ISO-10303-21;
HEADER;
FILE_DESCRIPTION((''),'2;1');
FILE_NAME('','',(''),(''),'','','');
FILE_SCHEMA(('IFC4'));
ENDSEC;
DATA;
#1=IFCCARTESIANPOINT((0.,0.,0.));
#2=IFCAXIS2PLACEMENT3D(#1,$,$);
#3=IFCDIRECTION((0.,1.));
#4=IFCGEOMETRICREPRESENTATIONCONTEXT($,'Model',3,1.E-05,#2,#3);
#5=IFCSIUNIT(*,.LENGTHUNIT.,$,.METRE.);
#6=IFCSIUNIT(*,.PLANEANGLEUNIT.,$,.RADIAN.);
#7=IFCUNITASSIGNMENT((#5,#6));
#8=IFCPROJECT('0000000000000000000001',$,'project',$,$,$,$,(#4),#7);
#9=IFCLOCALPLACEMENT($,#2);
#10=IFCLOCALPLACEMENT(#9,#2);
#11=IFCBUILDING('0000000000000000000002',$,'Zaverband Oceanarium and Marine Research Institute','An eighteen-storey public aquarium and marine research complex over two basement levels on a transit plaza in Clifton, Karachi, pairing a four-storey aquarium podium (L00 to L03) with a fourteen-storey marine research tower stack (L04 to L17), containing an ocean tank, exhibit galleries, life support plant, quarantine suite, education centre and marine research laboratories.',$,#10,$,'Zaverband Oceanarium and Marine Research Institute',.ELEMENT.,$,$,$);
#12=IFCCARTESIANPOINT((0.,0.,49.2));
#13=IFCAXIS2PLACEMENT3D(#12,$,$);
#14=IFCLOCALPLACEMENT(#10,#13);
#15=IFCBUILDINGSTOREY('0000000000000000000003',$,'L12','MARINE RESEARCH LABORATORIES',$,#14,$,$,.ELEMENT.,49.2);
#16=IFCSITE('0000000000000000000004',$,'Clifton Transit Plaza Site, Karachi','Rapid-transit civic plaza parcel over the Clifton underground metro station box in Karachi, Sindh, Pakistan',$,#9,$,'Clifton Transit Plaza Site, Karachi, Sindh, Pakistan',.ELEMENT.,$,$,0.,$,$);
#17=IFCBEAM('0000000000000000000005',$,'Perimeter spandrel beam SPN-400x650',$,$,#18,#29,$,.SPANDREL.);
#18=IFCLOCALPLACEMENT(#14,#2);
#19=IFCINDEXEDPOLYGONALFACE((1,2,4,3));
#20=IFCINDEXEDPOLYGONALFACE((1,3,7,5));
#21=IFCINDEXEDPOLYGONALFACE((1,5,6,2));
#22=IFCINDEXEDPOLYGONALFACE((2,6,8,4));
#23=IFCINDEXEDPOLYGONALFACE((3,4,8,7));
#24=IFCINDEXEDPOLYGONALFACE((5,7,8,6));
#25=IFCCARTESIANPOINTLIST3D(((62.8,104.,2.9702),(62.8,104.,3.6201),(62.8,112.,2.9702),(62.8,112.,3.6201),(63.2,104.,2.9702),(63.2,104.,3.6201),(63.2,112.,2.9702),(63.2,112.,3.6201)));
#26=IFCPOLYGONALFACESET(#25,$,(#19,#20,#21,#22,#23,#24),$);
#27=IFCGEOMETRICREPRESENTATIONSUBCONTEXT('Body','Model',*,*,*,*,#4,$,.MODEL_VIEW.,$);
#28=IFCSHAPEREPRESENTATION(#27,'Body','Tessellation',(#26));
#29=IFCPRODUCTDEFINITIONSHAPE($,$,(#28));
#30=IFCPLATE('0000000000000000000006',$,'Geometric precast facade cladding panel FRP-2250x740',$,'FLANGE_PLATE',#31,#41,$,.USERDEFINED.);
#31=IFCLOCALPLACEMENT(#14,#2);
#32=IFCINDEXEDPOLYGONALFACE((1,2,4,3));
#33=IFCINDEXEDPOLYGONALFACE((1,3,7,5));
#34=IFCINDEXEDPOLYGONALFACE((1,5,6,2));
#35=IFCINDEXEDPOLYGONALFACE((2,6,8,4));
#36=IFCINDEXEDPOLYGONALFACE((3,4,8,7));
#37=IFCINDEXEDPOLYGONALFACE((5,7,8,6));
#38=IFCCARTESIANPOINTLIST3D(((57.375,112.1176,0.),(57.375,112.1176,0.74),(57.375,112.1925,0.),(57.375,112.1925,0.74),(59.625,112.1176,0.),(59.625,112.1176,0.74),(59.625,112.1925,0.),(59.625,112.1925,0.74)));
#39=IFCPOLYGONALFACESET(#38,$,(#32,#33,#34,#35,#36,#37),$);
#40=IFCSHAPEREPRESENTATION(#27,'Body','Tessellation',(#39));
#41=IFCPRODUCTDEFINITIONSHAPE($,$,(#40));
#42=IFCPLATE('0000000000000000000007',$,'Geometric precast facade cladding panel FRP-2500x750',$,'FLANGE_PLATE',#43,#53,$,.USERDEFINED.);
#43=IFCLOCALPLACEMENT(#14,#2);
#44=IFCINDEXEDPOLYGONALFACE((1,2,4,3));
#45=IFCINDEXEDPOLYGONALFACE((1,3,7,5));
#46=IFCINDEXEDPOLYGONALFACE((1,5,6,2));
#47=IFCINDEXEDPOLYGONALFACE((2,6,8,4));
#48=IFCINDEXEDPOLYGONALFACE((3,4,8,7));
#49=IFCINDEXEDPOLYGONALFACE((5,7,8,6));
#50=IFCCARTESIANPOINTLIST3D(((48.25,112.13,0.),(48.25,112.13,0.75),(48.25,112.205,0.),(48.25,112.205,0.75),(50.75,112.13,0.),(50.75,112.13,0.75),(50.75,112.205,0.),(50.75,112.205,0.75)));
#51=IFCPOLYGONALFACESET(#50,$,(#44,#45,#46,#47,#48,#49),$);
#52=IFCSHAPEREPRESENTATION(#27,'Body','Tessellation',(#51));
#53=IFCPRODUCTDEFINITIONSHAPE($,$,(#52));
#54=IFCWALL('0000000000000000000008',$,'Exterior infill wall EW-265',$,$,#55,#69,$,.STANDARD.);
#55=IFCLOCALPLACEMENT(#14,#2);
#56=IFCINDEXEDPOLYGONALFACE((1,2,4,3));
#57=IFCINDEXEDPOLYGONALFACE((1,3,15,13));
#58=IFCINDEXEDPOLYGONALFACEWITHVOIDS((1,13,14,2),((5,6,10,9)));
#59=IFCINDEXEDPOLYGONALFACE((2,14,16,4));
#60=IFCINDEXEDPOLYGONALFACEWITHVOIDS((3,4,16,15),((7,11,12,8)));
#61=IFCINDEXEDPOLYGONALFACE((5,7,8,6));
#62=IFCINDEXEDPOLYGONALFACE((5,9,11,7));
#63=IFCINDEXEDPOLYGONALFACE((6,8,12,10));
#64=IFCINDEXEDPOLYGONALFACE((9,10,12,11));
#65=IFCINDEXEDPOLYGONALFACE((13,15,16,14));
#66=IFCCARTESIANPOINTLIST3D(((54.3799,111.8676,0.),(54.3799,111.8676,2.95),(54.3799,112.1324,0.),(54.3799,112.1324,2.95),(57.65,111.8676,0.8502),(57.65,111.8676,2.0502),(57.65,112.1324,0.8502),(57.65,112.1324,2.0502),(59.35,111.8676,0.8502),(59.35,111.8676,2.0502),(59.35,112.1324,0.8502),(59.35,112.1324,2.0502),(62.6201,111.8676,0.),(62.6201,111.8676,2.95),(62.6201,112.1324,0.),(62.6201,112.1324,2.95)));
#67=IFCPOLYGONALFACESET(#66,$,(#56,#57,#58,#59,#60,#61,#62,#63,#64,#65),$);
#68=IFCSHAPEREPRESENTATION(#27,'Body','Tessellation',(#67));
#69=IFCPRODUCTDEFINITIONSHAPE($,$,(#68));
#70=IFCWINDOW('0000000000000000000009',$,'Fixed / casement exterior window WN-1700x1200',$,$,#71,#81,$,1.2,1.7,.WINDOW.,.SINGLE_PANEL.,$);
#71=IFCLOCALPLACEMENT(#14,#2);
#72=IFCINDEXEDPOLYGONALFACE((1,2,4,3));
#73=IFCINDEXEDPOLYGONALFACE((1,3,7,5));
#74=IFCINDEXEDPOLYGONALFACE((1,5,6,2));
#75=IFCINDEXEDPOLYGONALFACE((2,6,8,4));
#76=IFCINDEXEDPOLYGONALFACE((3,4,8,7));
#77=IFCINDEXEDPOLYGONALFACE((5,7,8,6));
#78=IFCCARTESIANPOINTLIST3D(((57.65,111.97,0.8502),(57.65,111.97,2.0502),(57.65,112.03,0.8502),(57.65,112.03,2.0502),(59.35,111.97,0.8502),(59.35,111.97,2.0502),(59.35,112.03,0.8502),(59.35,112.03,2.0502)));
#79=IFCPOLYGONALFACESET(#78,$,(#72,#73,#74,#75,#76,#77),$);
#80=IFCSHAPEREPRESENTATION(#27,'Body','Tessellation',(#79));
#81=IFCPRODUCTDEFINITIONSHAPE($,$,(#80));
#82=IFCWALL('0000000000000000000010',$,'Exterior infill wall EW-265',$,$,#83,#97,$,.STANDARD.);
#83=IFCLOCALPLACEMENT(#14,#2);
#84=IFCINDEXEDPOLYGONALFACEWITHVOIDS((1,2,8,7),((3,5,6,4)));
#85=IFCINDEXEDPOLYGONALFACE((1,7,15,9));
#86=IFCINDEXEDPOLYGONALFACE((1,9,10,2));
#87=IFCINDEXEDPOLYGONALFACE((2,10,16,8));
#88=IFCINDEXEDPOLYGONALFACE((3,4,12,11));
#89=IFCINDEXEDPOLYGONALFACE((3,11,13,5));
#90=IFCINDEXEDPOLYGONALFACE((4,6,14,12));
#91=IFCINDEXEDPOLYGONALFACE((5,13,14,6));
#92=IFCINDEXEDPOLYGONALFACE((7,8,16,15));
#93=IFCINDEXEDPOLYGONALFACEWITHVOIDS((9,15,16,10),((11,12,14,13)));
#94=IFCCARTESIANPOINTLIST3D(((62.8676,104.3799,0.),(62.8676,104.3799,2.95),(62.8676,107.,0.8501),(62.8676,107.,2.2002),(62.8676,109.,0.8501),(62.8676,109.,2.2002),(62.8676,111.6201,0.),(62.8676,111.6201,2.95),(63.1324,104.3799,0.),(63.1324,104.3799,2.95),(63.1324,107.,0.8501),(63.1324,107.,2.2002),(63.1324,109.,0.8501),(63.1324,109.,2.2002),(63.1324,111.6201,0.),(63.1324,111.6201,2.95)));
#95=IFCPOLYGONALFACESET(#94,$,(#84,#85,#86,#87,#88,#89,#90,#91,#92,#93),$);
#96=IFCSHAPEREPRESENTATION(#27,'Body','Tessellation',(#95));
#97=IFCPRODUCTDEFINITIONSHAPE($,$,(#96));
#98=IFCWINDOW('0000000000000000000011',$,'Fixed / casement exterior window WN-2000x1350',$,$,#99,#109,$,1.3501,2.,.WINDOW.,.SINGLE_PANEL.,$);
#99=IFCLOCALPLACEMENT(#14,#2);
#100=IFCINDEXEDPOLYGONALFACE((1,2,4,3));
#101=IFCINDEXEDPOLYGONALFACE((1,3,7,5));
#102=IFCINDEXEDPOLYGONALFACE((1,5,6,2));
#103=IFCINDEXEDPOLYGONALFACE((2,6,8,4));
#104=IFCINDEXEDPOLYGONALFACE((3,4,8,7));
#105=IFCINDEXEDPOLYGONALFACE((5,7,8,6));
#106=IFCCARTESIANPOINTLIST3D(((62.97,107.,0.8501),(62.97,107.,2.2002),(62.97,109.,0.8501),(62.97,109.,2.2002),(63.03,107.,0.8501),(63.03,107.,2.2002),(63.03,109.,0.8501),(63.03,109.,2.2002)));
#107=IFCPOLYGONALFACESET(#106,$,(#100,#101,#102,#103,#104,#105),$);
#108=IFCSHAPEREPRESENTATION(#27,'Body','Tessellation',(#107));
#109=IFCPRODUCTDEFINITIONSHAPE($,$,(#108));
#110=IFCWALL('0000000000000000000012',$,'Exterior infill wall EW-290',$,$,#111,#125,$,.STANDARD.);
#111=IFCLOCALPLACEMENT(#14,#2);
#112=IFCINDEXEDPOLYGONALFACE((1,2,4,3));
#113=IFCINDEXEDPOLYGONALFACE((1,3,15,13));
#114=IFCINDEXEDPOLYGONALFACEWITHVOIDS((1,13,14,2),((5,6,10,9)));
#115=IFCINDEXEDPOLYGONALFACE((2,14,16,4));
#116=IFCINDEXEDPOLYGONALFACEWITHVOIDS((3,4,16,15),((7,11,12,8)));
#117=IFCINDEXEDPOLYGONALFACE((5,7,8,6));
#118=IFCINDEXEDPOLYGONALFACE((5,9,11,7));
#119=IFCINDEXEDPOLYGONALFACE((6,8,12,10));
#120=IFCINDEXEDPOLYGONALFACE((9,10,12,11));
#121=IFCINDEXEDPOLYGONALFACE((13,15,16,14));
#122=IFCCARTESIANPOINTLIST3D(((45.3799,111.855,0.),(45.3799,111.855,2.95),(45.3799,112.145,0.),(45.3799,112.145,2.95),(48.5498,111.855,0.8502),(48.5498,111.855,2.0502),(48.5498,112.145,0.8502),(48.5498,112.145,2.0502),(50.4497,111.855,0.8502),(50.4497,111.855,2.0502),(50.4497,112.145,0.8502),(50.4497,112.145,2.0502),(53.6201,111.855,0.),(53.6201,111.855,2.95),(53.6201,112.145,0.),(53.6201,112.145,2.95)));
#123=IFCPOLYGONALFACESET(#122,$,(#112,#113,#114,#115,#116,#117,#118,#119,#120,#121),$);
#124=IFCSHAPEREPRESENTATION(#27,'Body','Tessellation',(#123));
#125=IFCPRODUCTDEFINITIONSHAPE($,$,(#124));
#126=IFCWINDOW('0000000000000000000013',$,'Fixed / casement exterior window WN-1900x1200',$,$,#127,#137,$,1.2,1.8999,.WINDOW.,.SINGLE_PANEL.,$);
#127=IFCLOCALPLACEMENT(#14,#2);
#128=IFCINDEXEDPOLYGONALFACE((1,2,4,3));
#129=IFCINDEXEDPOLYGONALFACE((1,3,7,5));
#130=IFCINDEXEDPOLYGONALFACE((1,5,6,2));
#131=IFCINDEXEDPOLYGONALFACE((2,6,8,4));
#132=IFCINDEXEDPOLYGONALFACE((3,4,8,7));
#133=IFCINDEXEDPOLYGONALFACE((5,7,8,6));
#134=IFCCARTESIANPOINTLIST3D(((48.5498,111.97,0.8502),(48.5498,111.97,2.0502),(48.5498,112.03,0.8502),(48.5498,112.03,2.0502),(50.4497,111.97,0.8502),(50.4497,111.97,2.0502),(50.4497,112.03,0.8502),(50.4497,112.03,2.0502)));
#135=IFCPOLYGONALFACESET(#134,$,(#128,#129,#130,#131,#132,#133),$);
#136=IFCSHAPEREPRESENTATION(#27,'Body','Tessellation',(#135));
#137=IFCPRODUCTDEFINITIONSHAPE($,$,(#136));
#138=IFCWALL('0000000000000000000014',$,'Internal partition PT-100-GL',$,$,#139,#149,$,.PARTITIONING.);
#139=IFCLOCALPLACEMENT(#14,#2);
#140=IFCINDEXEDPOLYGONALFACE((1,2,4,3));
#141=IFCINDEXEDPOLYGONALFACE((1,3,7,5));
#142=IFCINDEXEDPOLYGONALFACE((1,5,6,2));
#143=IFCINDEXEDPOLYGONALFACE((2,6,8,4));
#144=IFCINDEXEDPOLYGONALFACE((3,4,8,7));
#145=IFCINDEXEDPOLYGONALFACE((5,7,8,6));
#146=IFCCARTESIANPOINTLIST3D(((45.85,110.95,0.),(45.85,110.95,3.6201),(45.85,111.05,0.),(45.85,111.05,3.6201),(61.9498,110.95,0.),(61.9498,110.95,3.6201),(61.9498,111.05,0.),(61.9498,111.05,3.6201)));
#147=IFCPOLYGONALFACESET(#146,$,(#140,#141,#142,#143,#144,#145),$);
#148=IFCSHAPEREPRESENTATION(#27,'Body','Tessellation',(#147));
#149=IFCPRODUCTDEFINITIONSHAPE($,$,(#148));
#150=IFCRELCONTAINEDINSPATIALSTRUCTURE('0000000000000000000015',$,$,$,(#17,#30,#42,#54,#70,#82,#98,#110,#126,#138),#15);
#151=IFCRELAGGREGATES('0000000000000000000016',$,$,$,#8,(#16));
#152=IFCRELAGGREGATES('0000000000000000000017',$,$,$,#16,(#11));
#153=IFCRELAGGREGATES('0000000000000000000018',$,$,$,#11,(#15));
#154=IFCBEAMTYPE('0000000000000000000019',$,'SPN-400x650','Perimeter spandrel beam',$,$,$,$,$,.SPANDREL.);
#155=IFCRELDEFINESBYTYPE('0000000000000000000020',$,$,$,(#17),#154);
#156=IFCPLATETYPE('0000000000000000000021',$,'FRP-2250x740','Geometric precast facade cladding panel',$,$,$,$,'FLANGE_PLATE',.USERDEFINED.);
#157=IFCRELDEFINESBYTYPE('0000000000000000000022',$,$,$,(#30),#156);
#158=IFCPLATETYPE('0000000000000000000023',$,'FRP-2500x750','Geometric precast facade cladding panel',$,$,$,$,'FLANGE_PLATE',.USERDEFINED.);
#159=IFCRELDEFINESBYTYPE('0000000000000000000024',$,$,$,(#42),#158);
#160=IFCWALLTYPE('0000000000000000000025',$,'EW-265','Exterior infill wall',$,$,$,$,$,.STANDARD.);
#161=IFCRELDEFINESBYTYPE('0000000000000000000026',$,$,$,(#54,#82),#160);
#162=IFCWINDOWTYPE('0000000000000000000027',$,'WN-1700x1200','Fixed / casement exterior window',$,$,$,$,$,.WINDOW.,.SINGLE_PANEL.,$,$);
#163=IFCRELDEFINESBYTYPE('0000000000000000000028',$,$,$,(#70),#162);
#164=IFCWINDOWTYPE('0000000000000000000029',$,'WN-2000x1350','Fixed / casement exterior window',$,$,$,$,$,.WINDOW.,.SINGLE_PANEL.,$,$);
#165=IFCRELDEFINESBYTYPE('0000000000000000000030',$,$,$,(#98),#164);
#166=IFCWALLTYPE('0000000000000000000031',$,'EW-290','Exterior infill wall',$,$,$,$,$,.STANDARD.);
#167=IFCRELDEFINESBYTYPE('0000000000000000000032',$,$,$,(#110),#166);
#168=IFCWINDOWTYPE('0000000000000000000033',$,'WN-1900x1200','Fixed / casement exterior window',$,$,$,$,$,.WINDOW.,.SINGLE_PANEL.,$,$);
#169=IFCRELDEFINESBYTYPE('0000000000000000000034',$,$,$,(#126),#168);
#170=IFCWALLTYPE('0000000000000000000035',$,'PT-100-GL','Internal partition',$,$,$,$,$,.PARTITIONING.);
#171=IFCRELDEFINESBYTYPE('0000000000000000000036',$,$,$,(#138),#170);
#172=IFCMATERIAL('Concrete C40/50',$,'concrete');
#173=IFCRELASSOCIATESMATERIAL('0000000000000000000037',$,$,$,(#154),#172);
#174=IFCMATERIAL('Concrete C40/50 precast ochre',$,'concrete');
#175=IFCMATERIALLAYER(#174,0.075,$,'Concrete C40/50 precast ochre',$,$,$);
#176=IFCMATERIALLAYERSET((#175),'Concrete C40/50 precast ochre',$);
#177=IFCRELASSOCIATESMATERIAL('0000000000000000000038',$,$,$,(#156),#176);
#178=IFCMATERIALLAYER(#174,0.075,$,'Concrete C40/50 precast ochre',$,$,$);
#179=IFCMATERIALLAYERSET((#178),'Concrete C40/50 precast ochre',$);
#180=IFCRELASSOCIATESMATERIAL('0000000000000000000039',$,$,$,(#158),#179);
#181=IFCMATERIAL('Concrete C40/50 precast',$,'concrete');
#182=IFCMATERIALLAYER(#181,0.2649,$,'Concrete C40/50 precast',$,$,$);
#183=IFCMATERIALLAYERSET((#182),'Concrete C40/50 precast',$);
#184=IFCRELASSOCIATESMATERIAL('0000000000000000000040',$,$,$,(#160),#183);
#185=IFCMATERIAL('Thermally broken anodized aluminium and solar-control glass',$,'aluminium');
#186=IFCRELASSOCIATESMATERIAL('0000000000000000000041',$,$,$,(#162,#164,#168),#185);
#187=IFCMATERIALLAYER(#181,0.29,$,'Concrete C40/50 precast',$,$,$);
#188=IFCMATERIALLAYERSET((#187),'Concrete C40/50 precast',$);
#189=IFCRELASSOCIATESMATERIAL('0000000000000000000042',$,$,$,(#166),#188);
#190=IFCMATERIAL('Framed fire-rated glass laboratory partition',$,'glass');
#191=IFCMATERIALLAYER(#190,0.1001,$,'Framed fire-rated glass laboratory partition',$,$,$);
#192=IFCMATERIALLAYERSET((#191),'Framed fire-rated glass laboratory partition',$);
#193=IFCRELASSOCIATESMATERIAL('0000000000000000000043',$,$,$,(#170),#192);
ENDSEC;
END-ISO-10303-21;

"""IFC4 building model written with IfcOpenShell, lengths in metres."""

from ifc_helpers import new_model, si_unit, direction, frame, frame_2d, origin, origin_2d, place, context, subcontext, project, spatial, rectangle, extrude, material, layer, layer_set, material_profile, profile_set, type_object, element, fill, save


model = new_model("IFC4")

# Units and contexts
model_context = context("Model", 3, precision=1e-05, world=origin(), true_north=direction((0.0, 1.0)))
body_context = subcontext(model_context, "Body", "Model", "MODEL_VIEW")
ifc_project = project(units=[si_unit("LENGTHUNIT", "METRE"), si_unit("PLANEANGLEUNIT", "RADIAN")], contexts=[model_context])

# Site, building, storey
site_placement = place(None, origin())
site = spatial("IfcSite", under=ifc_project, at=site_placement, Name="Clifton Transit Plaza Site, Karachi", Description="Rapid-transit civic plaza parcel over the Clifton underground metro station box in Karachi, Sindh, Pakistan", LongName="Clifton Transit Plaza Site, Karachi, Sindh, Pakistan", CompositionType="ELEMENT", RefElevation=0.0)
building_placement = place(site_placement, origin())
building = spatial("IfcBuilding", under=site, at=building_placement, Name="Zaverband Oceanarium and Marine Research Institute", Description="An eighteen-storey public aquarium and marine research complex over two basement levels on a transit plaza in Clifton, Karachi, pairing a four-storey aquarium podium (L00 to L03) with a fourteen-storey marine research tower stack (L04 to L17), containing an ocean tank, exhibit galleries, life support plant, quarantine suite, education centre and marine research laboratories.", LongName="Zaverband Oceanarium and Marine Research Institute", CompositionType="ELEMENT")
storey_placement = place(building_placement, frame((0.0, 0.0, 49.2)))
storey = spatial("IfcBuildingStorey", under=building, at=storey_placement, Name="L12", Description="MARINE RESEARCH LABORATORIES", CompositionType="ELEMENT", Elevation=49.2)

# Shared definitions
ifc_material_1 = material(Name="Concrete C40/50", Category="concrete")

# Shared definitions
ifc_material_2 = material(Name="Thermally broken anodized aluminium and solar-control glass", Category="aluminium")

# Beam
ifc_material_profile_1 = material_profile(ifc_material_1, rectangle(XDim=0.3999, YDim=0.6499, at=origin_2d()), Name="RC400x650")
ifc_profile_set_1 = profile_set([ifc_material_profile_1], Name="Concrete C40/50")
beam_type_1 = type_object("IfcBeamType", Name="SPN-400x650", Description="Perimeter spandrel beam", PredefinedType="SPANDREL", material=ifc_profile_set_1)
beam_1_placement = place(storey_placement, frame((63.0, 104.0, 3.2952), z_axis=(0.0, 1.0, 0.0), x_axis=(-1.0, 0.0, 0.0)))
element("IfcBeam", 1, at=beam_1_placement, inside=storey, type_object=beam_type_1, Name="Perimeter spandrel beam SPN-400x650", PredefinedType="SPANDREL", context=body_context, shape_type="SweptSolid", body=[
    extrude(rectangle(XDim=0.3999, YDim=0.6499, at=origin_2d()), origin(), (0.0, 0.0, 1.0), 8.0),
])

# Plates
ifc_material_3 = material(Name="Concrete C40/50 precast ochre", Category="concrete")
ifc_layer_1 = layer(ifc_material_3, 0.075, Name="Concrete C40/50 precast ochre")
ifc_layer_set_1 = layer_set([ifc_layer_1], Name="Concrete C40/50 precast ochre")
plate_type_1 = type_object("IfcPlateType", Name="FRP-2250x740", Description="Geometric precast facade cladding panel", ElementType="FLANGE_PLATE", PredefinedType="USERDEFINED", material=ifc_layer_set_1)
plate_1_placement = place(storey_placement, frame((57.375, 112.155, 0.0), z_axis=(0.0, 0.0, 1.0), x_axis=(1.0, 0.0, 0.0)))
element("IfcPlate", 2, at=plate_1_placement, inside=storey, type_object=plate_type_1, Name="Geometric precast facade cladding panel FRP-2250x740", ObjectType="FLANGE_PLATE", PredefinedType="USERDEFINED", context=body_context, shape_type="SweptSolid", body=[
    extrude(rectangle(XDim=2.25, YDim=0.075, at=frame_2d((1.125, 0.0))), origin(), (0.0, 0.0, 1.0), 0.74),
])
ifc_layer_2 = layer(ifc_material_3, 0.075, Name="Concrete C40/50 precast ochre")
ifc_layer_set_2 = layer_set([ifc_layer_2], Name="Concrete C40/50 precast ochre")
plate_type_2 = type_object("IfcPlateType", Name="FRP-2500x750", Description="Geometric precast facade cladding panel", ElementType="FLANGE_PLATE", PredefinedType="USERDEFINED", material=ifc_layer_set_2)
plate_2_placement = place(storey_placement, frame((48.25, 112.1675, 0.0), z_axis=(0.0, 0.0, 1.0), x_axis=(1.0, 0.0, 0.0)))
element("IfcPlate", 3, at=plate_2_placement, inside=storey, type_object=plate_type_2, Name="Geometric precast facade cladding panel FRP-2500x750", ObjectType="FLANGE_PLATE", PredefinedType="USERDEFINED", context=body_context, shape_type="SweptSolid", body=[
    extrude(rectangle(XDim=2.5, YDim=0.075, at=frame_2d((1.25, 0.0))), origin(), (0.0, 0.0, 1.0), 0.75),
])

# Walls, openings, windows
ifc_material_4 = material(Name="Concrete C40/50 precast", Category="concrete")
ifc_layer_3 = layer(ifc_material_4, 0.2649, Name="Concrete C40/50 precast")
ifc_layer_set_3 = layer_set([ifc_layer_3], Name="Concrete C40/50 precast")
wall_type_1 = type_object("IfcWallType", Name="EW-265", Description="Exterior infill wall", PredefinedType="STANDARD", material=ifc_layer_set_3)
wall_1_placement = place(storey_placement, frame((54.3799, 112.0, 0.0), z_axis=(0.0, 0.0, 1.0), x_axis=(1.0, 0.0, 0.0)))
wall_1 = element("IfcWall", 4, at=wall_1_placement, inside=storey, type_object=wall_type_1, Name="Exterior infill wall EW-265", PredefinedType="STANDARD", context=body_context, shape_type="SweptSolid", body=[
    extrude(rectangle(XDim=8.2402, YDim=0.2649, at=frame_2d((4.1201, 0.0))), origin(), (0.0, 0.0, 1.0), 2.95),
])
opening_1_placement = place(wall_1_placement, frame((3.27, 0.0, 0.8501)))
opening_1 = element("IfcOpeningElement", 5, at=opening_1_placement, cuts=wall_1, PredefinedType="OPENING", context=body_context, shape_type="SweptSolid", body=[
    extrude(rectangle(XDim=1.7, YDim=1.2, at=frame_2d((0.8501, 0.6001))), frame((0.0, 0.1445, 0.0), z_axis=(0.0, -1.0, 0.0), x_axis=(1.0, 0.0, 0.0)), (0.0, 0.0, 1.0), 0.2888),
])
window_type_1 = type_object("IfcWindowType", Name="WN-1700x1200", Description="Fixed / casement exterior window", PartitioningType="SINGLE_PANEL", PredefinedType="WINDOW", material=ifc_material_2)
window_1_placement = place(opening_1_placement, origin())
window_1 = element("IfcWindow", 6, at=window_1_placement, inside=storey, type_object=window_type_1, Name="Fixed / casement exterior window WN-1700x1200", OverallHeight=1.2, OverallWidth=1.7, PartitioningType="SINGLE_PANEL", PredefinedType="WINDOW", context=body_context, shape_type="SweptSolid", body=[
    extrude(rectangle(XDim=1.7, YDim=1.2, at=frame_2d((0.8501, 0.6001))), frame((0.0, 0.03, 0.0), z_axis=(0.0, -1.0, 0.0), x_axis=(1.0, 0.0, 0.0)), (0.0, 0.0, 1.0), 0.0601),
])
fill(opening_1, window_1)
wall_2_placement = place(storey_placement, frame((63.0, 104.3799, 0.0), z_axis=(0.0, 0.0, 1.0), x_axis=(0.0, 1.0, 0.0)))
wall_2 = element("IfcWall", 7, at=wall_2_placement, inside=storey, type_object=wall_type_1, Name="Exterior infill wall EW-265", PredefinedType="STANDARD", context=body_context, shape_type="SweptSolid", body=[
    extrude(rectangle(XDim=7.2402, YDim=0.2649, at=frame_2d((3.6201, 0.0))), origin(), (0.0, 0.0, 1.0), 2.95),
])
opening_2_placement = place(wall_2_placement, frame((2.6201, 0.0, 0.8501)))
opening_2 = element("IfcOpeningElement", 8, at=opening_2_placement, cuts=wall_2, PredefinedType="OPENING", context=body_context, shape_type="SweptSolid", body=[
    extrude(rectangle(XDim=2.0, YDim=1.3501, at=frame_2d((1.0, 0.675))), frame((0.0, 0.1445, 0.0), z_axis=(0.0, -1.0, 0.0), x_axis=(1.0, 0.0, 0.0)), (0.0, 0.0, 1.0), 0.2888),
])
window_type_2 = type_object("IfcWindowType", Name="WN-2000x1350", Description="Fixed / casement exterior window", PartitioningType="SINGLE_PANEL", PredefinedType="WINDOW", material=ifc_material_2)
window_2_placement = place(opening_2_placement, origin())
window_2 = element("IfcWindow", 9, at=window_2_placement, inside=storey, type_object=window_type_2, Name="Fixed / casement exterior window WN-2000x1350", OverallHeight=1.3501, OverallWidth=2.0, PartitioningType="SINGLE_PANEL", PredefinedType="WINDOW", context=body_context, shape_type="SweptSolid", body=[
    extrude(rectangle(XDim=2.0, YDim=1.3501, at=frame_2d((1.0, 0.675))), frame((0.0, 0.03, 0.0), z_axis=(0.0, -1.0, 0.0), x_axis=(1.0, 0.0, 0.0)), (0.0, 0.0, 1.0), 0.0601),
])
fill(opening_2, window_2)
ifc_layer_4 = layer(ifc_material_4, 0.29, Name="Concrete C40/50 precast")
ifc_layer_set_4 = layer_set([ifc_layer_4], Name="Concrete C40/50 precast")
wall_type_2 = type_object("IfcWallType", Name="EW-290", Description="Exterior infill wall", PredefinedType="STANDARD", material=ifc_layer_set_4)
wall_3_placement = place(storey_placement, frame((45.3799, 112.0, 0.0), z_axis=(0.0, 0.0, 1.0), x_axis=(1.0, 0.0, 0.0)))
wall_3 = element("IfcWall", 10, at=wall_3_placement, inside=storey, type_object=wall_type_2, Name="Exterior infill wall EW-290", PredefinedType="STANDARD", context=body_context, shape_type="SweptSolid", body=[
    extrude(rectangle(XDim=8.2402, YDim=0.29, at=frame_2d((4.1201, 0.0))), origin(), (0.0, 0.0, 1.0), 2.95),
])
opening_3_placement = place(wall_3_placement, frame((3.1699, 0.0, 0.8501)))
opening_3 = element("IfcOpeningElement", 11, at=opening_3_placement, cuts=wall_3, PredefinedType="OPENING", context=body_context, shape_type="SweptSolid", body=[
    extrude(rectangle(XDim=1.8999, YDim=1.2, at=frame_2d((0.95, 0.6001))), frame((0.0, 0.157, 0.0), z_axis=(0.0, -1.0, 0.0), x_axis=(1.0, 0.0, 0.0)), (0.0, 0.0, 1.0), 0.314),
])
window_type_3 = type_object("IfcWindowType", Name="WN-1900x1200", Description="Fixed / casement exterior window", PartitioningType="SINGLE_PANEL", PredefinedType="WINDOW", material=ifc_material_2)
window_3_placement = place(opening_3_placement, origin())
window_3 = element("IfcWindow", 12, at=window_3_placement, inside=storey, type_object=window_type_3, Name="Fixed / casement exterior window WN-1900x1200", OverallHeight=1.2, OverallWidth=1.8999, PartitioningType="SINGLE_PANEL", PredefinedType="WINDOW", context=body_context, shape_type="SweptSolid", body=[
    extrude(rectangle(XDim=1.8999, YDim=1.2, at=frame_2d((0.95, 0.6001))), frame((0.0, 0.03, 0.0), z_axis=(0.0, -1.0, 0.0), x_axis=(1.0, 0.0, 0.0)), (0.0, 0.0, 1.0), 0.0601),
])
fill(opening_3, window_3)

# Wall
ifc_material_5 = material(Name="Framed fire-rated glass laboratory partition", Category="glass")
ifc_layer_5 = layer(ifc_material_5, 0.1001, Name="Framed fire-rated glass laboratory partition")
ifc_layer_set_5 = layer_set([ifc_layer_5], Name="Framed fire-rated glass laboratory partition")
wall_type_3 = type_object("IfcWallType", Name="PT-100-GL", Description="Internal partition", PredefinedType="PARTITIONING", material=ifc_layer_set_5)
wall_4_placement = place(storey_placement, frame((45.8501, 111.0, 0.0), z_axis=(0.0, 0.0, 1.0), x_axis=(1.0, 0.0, 0.0)))
element("IfcWall", 13, at=wall_4_placement, inside=storey, type_object=wall_type_3, Name="Internal partition PT-100-GL", PredefinedType="PARTITIONING", context=body_context, shape_type="SweptSolid", body=[
    extrude(rectangle(XDim=16.0999, YDim=0.1001, at=frame_2d((8.0498, 0.0))), origin(), (0.0, 0.0, 1.0), 3.6201),
])

save(model, "model.ifc")
